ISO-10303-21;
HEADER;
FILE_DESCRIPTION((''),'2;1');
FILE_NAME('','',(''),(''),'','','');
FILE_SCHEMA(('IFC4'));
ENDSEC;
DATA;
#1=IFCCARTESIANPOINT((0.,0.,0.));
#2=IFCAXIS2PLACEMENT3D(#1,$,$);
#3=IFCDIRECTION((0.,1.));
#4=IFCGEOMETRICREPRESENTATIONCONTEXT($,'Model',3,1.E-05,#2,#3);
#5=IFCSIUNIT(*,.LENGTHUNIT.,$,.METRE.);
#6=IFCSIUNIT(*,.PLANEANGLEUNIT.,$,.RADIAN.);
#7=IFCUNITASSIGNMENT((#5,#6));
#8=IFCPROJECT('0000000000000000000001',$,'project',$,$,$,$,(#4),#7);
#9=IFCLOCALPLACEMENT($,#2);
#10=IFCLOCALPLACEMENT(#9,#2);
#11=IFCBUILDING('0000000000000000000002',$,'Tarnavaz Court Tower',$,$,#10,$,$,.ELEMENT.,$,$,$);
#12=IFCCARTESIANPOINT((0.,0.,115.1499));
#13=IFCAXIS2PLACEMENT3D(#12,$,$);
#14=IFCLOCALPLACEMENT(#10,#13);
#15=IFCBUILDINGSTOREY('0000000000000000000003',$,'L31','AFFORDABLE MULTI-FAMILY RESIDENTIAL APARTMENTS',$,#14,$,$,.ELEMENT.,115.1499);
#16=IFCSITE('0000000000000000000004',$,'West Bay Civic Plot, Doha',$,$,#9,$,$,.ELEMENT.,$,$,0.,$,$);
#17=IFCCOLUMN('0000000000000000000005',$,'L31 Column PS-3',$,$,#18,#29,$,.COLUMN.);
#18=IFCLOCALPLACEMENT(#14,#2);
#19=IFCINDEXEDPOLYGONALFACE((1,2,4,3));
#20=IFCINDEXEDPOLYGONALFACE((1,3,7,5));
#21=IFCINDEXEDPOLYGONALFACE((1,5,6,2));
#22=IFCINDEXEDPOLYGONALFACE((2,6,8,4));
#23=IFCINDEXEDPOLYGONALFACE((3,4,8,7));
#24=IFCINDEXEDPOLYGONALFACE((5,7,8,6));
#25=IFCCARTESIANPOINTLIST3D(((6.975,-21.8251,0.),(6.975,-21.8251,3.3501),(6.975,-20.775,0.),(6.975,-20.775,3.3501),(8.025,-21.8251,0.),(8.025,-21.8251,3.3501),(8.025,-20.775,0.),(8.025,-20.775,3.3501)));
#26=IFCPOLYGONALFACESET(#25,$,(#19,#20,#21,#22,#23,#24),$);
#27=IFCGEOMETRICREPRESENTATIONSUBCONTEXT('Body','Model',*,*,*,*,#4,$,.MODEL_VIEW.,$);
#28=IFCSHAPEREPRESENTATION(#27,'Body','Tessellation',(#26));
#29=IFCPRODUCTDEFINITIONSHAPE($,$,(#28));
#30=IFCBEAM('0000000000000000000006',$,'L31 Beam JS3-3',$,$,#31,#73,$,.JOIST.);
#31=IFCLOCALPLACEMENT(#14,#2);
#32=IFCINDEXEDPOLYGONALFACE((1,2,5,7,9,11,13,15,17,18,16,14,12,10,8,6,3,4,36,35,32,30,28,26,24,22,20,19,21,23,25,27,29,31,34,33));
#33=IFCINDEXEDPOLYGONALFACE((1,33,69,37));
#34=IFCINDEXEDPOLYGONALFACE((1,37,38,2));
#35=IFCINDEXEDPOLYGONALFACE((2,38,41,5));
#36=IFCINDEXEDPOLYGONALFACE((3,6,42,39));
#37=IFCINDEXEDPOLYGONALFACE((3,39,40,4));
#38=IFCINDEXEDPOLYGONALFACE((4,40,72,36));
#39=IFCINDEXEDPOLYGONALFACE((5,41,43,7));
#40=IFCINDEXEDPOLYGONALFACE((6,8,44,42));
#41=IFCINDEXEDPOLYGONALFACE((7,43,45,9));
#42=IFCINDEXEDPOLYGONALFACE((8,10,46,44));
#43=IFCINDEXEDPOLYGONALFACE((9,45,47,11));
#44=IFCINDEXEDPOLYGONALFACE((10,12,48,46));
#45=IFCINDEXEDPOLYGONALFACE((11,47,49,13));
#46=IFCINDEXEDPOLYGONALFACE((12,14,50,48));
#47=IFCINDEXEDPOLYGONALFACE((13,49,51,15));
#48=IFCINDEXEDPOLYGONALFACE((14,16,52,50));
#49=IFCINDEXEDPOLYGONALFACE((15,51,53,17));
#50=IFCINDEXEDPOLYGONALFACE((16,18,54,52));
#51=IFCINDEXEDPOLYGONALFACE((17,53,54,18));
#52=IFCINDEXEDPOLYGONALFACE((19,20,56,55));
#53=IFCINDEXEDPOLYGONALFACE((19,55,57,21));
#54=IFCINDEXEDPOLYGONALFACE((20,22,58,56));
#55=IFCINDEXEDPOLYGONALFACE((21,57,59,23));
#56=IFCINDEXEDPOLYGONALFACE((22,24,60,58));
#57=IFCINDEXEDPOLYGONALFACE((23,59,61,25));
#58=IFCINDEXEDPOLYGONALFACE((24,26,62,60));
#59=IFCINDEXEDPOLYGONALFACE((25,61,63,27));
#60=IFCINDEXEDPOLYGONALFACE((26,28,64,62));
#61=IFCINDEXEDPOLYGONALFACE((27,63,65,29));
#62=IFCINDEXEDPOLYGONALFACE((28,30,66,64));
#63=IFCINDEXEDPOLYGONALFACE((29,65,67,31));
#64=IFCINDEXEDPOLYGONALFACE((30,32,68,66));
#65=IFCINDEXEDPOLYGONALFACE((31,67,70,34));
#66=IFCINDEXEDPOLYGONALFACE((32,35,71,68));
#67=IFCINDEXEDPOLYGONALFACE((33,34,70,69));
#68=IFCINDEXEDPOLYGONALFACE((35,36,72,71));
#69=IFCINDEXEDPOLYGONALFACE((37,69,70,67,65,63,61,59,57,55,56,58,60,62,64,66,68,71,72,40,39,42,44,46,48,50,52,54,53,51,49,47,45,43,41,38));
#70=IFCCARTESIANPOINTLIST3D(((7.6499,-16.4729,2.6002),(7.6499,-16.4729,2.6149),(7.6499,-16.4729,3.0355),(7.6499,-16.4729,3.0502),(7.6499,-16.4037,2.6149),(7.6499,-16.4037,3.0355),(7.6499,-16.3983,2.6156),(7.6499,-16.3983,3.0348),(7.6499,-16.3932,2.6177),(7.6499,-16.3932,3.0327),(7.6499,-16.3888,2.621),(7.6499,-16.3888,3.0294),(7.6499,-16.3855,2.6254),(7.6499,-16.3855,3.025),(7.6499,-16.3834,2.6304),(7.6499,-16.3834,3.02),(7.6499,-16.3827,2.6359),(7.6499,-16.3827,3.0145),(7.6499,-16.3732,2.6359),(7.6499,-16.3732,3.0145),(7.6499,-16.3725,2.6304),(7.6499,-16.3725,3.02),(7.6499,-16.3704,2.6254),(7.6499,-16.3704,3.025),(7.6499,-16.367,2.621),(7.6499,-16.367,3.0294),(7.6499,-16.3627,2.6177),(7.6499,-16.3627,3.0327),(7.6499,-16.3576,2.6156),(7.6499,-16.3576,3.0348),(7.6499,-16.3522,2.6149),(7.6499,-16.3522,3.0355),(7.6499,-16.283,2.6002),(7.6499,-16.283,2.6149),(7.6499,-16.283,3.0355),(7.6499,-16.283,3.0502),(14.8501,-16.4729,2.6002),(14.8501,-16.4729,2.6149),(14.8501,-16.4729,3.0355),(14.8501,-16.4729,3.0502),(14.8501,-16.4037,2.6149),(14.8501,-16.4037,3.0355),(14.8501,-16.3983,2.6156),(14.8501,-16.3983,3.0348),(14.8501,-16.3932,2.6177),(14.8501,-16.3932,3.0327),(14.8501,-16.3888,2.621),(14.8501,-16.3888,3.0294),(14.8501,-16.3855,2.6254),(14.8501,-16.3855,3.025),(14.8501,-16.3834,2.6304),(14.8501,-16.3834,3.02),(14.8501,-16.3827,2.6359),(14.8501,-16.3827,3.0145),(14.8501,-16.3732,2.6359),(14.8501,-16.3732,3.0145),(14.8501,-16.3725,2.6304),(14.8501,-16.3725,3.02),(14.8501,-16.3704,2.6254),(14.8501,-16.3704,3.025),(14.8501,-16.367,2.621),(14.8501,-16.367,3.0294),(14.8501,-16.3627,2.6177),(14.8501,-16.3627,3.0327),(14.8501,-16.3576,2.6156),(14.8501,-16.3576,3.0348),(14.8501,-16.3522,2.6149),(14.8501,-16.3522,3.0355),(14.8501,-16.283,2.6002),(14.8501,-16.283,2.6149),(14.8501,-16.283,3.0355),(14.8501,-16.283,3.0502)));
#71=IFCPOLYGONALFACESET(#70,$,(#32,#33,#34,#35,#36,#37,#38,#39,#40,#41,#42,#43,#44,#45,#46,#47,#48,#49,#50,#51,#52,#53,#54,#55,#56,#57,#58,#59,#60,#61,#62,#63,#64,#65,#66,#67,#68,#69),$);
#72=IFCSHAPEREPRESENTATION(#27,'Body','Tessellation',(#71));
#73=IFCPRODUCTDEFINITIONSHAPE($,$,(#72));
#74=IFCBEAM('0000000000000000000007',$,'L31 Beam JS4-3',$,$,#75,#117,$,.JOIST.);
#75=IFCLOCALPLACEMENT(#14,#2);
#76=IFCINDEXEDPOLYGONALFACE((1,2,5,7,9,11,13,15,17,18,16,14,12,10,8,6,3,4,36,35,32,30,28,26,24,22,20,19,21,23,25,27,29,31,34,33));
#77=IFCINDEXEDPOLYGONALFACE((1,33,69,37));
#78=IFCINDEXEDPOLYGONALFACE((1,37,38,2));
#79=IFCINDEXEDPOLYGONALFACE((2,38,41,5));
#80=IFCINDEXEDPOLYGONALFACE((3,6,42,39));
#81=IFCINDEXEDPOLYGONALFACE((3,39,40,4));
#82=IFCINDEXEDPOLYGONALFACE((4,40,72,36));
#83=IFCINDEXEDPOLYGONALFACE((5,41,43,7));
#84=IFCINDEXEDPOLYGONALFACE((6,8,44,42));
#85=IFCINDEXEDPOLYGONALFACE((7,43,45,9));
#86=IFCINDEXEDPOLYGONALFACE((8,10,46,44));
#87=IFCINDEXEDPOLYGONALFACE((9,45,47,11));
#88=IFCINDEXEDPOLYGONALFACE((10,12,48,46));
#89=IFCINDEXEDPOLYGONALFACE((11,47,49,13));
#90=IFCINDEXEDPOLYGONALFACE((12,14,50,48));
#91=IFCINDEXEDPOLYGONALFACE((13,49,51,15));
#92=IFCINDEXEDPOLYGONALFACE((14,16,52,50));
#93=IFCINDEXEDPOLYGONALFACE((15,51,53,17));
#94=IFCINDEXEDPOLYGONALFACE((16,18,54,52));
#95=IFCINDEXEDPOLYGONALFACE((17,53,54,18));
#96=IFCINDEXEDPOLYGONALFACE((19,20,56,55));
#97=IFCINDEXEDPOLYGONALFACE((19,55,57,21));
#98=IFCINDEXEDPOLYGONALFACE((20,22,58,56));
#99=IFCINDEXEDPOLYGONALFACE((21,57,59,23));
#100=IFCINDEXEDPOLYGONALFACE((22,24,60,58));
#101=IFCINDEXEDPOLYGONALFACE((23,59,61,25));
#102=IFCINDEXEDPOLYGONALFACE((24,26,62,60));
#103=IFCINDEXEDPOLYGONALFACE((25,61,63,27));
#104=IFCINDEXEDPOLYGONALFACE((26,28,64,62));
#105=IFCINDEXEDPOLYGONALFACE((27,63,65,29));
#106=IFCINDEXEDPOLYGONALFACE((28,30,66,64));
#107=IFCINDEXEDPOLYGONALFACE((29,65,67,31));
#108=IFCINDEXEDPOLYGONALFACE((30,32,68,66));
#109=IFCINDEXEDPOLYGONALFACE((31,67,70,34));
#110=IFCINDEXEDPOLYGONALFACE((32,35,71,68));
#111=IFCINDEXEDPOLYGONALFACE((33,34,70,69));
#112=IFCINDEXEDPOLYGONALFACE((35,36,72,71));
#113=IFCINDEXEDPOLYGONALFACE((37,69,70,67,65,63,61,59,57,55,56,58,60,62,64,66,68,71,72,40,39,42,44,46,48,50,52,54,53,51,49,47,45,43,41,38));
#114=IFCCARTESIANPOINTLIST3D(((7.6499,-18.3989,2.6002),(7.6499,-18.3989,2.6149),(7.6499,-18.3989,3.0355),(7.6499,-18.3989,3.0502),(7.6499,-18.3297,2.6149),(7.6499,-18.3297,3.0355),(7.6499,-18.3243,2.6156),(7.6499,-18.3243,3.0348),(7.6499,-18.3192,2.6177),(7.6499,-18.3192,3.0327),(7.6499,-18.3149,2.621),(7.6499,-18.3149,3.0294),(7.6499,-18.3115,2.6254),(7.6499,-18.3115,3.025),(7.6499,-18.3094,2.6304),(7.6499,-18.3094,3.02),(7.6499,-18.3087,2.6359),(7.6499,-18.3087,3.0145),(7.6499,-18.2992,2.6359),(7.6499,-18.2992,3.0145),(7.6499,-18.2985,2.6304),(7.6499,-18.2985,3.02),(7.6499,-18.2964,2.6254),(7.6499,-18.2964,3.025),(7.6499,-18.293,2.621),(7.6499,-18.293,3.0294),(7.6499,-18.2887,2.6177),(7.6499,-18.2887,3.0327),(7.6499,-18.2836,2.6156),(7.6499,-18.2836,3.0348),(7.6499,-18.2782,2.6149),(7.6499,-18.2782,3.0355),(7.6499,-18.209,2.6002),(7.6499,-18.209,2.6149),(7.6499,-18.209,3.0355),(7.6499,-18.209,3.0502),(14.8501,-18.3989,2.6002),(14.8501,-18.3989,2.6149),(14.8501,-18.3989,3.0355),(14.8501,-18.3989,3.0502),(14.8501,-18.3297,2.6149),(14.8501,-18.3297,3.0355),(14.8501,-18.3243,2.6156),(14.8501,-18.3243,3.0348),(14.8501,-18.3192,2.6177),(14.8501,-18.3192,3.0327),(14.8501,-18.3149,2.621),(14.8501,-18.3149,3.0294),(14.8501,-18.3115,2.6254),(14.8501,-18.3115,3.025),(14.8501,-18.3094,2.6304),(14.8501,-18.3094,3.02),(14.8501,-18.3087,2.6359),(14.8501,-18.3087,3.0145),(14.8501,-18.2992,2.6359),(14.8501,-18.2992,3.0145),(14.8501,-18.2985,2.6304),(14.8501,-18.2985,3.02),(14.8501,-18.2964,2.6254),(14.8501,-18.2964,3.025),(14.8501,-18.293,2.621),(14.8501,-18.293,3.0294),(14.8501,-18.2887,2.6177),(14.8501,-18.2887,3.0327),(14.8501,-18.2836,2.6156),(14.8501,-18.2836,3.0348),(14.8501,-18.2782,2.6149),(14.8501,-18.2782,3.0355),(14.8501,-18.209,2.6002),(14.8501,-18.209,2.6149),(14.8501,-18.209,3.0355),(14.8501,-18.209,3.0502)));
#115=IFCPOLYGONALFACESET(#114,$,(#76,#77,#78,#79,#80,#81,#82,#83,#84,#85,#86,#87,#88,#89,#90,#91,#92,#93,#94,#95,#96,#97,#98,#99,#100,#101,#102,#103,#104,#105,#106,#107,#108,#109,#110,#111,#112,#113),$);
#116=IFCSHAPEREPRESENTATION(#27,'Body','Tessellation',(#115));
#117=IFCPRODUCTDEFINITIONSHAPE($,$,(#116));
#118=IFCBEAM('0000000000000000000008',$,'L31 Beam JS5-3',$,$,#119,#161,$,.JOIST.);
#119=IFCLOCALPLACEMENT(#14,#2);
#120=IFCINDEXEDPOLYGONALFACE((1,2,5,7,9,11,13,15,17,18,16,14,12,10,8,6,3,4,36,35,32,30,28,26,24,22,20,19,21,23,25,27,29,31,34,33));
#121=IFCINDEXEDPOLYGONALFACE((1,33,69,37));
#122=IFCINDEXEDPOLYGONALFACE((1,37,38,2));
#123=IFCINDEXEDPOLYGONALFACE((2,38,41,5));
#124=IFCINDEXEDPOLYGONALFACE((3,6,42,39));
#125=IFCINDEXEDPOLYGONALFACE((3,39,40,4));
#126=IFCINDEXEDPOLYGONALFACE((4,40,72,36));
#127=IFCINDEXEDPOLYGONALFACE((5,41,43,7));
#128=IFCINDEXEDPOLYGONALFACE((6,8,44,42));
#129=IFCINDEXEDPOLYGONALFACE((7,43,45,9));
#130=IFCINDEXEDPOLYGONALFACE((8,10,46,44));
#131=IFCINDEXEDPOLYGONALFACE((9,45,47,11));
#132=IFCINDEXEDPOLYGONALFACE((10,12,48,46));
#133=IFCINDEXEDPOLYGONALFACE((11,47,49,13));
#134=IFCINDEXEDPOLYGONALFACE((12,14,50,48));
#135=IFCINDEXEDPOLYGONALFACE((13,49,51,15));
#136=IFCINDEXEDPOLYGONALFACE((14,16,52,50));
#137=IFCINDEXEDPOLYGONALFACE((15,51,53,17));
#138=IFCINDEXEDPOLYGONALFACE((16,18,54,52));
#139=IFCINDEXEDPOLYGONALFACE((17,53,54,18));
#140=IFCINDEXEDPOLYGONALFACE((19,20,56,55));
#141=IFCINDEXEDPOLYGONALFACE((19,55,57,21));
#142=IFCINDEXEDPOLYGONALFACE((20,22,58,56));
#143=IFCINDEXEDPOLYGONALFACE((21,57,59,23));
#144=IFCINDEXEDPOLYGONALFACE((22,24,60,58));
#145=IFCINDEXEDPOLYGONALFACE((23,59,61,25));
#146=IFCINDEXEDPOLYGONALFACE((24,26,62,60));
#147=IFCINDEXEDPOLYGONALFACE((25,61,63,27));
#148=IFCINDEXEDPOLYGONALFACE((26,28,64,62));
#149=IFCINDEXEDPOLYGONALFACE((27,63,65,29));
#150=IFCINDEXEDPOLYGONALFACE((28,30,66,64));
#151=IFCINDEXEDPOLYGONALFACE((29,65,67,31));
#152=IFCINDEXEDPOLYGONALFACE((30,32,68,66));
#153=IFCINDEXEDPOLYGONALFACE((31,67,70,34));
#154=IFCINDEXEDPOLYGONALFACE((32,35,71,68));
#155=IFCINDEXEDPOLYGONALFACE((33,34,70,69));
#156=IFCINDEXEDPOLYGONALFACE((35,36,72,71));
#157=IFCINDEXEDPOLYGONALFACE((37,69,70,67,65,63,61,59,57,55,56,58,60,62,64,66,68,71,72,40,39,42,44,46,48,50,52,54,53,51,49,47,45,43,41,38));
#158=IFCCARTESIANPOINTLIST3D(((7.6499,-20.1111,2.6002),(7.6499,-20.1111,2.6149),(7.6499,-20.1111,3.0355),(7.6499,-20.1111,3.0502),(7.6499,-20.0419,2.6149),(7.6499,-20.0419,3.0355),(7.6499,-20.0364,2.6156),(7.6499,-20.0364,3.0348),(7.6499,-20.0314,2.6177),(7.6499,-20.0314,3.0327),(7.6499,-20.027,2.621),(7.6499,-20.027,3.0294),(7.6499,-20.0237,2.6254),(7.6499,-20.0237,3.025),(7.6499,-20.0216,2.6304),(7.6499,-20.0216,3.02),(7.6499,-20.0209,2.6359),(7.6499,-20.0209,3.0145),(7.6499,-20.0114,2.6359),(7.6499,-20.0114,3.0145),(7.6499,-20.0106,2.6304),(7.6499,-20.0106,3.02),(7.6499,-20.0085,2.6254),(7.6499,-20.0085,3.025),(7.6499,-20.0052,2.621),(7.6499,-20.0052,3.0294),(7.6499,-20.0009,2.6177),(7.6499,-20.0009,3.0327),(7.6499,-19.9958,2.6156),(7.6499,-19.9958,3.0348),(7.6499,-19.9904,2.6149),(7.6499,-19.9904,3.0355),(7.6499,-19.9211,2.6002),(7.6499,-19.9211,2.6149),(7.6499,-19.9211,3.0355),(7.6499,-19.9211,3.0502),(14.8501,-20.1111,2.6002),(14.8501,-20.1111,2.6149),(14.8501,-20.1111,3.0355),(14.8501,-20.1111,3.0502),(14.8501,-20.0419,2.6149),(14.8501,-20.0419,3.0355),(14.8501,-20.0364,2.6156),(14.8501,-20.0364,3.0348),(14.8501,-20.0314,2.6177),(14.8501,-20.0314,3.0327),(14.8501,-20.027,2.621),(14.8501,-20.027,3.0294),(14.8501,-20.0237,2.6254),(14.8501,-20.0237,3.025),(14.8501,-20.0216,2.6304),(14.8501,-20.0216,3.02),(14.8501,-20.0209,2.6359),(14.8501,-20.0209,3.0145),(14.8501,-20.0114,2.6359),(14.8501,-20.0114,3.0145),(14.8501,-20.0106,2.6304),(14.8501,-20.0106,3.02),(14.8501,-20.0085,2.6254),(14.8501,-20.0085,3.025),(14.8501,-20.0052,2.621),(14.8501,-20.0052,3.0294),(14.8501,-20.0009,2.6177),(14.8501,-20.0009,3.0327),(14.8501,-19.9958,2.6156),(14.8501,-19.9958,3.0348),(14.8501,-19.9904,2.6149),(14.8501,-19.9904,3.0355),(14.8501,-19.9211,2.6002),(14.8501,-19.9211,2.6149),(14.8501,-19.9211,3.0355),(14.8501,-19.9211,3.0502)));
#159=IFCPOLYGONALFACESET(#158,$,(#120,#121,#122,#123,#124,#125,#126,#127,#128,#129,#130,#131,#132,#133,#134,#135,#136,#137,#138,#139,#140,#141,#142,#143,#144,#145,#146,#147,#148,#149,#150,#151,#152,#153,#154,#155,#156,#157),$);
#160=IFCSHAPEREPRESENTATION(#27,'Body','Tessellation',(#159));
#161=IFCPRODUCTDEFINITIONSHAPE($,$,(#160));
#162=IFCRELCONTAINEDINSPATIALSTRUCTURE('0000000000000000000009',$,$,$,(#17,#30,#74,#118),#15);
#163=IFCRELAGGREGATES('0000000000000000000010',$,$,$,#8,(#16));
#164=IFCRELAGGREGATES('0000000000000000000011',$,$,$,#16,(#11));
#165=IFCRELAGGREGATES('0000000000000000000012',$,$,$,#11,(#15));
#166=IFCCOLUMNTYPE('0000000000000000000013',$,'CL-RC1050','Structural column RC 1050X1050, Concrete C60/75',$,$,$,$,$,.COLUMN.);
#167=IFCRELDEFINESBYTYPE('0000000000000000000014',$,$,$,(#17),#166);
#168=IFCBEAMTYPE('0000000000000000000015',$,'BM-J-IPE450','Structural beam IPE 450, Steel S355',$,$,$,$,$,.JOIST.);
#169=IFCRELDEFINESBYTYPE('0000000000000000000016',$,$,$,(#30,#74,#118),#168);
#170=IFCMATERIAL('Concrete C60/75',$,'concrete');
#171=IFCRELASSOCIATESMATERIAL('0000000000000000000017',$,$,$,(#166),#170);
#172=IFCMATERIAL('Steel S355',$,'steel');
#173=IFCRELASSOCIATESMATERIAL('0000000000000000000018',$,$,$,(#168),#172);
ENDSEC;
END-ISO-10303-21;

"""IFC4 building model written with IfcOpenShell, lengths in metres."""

from ifc_helpers import new_model, si_unit, direction, frame, origin, origin_2d, place, context, subcontext, project, spatial, rectangle, i_section, extrude, material, material_profile, profile_set, type_object, element, save


model = new_model("IFC4")

# Units and contexts
model_context = context("Model", 3, precision=1e-05, world=origin(), true_north=direction((0.0, 1.0)))
body_context = subcontext(model_context, "Body", "Model", "MODEL_VIEW")
ifc_project = project(units=[si_unit("LENGTHUNIT", "METRE"), si_unit("PLANEANGLEUNIT", "RADIAN")], contexts=[model_context])

# Site, building, storey
site_placement = place(None, origin())
site = spatial("IfcSite", under=ifc_project, at=site_placement, Name="West Bay Civic Plot, Doha", CompositionType="ELEMENT", RefElevation=0.0)
building_placement = place(site_placement, origin())
building = spatial("IfcBuilding", under=site, at=building_placement, Name="Tarnavaz Court Tower", CompositionType="ELEMENT")
storey_placement = place(building_placement, frame((0.0, 0.0, 115.1499)))
storey = spatial("IfcBuildingStorey", under=building, at=storey_placement, Name="L31", Description="AFFORDABLE MULTI-FAMILY RESIDENTIAL APARTMENTS", CompositionType="ELEMENT", Elevation=115.1499)

# Column
ifc_material_1 = material(Name="Concrete C60/75", Category="concrete")
ifc_material_profile_1 = material_profile(ifc_material_1, rectangle(XDim=1.05, YDim=1.05, at=origin_2d()), Name="RC 1050X1050")
ifc_profile_set_1 = profile_set([ifc_material_profile_1], Name="Concrete C60/75")
column_type = type_object("IfcColumnType", Name="CL-RC1050", Description="Structural column RC 1050X1050, Concrete C60/75", PredefinedType="COLUMN", material=ifc_profile_set_1)
column_placement = place(storey_placement, frame((7.5, -21.3, 0.0), z_axis=(0.0, 0.0, 1.0), x_axis=(1.0, 0.0, 0.0)))
element("IfcColumn", 1, at=column_placement, inside=storey, type_object=column_type, Name="L31 Column PS-3", PredefinedType="COLUMN", context=body_context, shape_type="SweptSolid", body=[
    extrude(rectangle(XDim=1.05, YDim=1.05, at=origin_2d()), origin(), (0.0, 0.0, 1.0), 3.3501),
])

# Beams
ifc_material_2 = material(Name="Steel S355", Category="steel")
ifc_material_profile_2 = material_profile(ifc_material_2, i_section(OverallWidth=0.1899, OverallDepth=0.45, WebThickness=0.0095, FlangeThickness=0.0146, FilletRadius=0.021, at=origin_2d()), Name="IPE 450")
ifc_profile_set_2 = profile_set([ifc_material_profile_2], Name="Steel S355")
beam_type_1 = type_object("IfcBeamType", Name="BM-J-IPE450", Description="Structural beam IPE 450, Steel S355", PredefinedType="JOIST", material=ifc_profile_set_2)
for number, where, z_axis, x_axis, name in (
    (2, (7.6499, -16.3779, 2.8252), (1.0, 0.0, 0.0), (0.0, 1.0, 0.0), "L31 Beam JS3-3"),
    (3, (7.6499, -18.304, 2.8252), (1.0, 0.0, 0.0), (0.0, 1.0, 0.0), "L31 Beam JS4-3"),
    (4, (7.6499, -20.0161, 2.8252), (1.0, 0.0, 0.0), (0.0, 1.0, 0.0), "L31 Beam JS5-3"),
):
    element("IfcBeam", number, at=place(storey_placement, frame(where, z_axis=z_axis, x_axis=x_axis)), inside=storey, type_object=beam_type_1, Name=name, PredefinedType="JOIST", context=body_context, shape_type="SweptSolid", body=[
        extrude(i_section(OverallWidth=0.1899, OverallDepth=0.45, WebThickness=0.0095, FlangeThickness=0.0146, FilletRadius=0.021, at=origin_2d()), origin(), (0.0, 0.0, 1.0), 7.2002),
    ])

save(model, "model.ifc")
